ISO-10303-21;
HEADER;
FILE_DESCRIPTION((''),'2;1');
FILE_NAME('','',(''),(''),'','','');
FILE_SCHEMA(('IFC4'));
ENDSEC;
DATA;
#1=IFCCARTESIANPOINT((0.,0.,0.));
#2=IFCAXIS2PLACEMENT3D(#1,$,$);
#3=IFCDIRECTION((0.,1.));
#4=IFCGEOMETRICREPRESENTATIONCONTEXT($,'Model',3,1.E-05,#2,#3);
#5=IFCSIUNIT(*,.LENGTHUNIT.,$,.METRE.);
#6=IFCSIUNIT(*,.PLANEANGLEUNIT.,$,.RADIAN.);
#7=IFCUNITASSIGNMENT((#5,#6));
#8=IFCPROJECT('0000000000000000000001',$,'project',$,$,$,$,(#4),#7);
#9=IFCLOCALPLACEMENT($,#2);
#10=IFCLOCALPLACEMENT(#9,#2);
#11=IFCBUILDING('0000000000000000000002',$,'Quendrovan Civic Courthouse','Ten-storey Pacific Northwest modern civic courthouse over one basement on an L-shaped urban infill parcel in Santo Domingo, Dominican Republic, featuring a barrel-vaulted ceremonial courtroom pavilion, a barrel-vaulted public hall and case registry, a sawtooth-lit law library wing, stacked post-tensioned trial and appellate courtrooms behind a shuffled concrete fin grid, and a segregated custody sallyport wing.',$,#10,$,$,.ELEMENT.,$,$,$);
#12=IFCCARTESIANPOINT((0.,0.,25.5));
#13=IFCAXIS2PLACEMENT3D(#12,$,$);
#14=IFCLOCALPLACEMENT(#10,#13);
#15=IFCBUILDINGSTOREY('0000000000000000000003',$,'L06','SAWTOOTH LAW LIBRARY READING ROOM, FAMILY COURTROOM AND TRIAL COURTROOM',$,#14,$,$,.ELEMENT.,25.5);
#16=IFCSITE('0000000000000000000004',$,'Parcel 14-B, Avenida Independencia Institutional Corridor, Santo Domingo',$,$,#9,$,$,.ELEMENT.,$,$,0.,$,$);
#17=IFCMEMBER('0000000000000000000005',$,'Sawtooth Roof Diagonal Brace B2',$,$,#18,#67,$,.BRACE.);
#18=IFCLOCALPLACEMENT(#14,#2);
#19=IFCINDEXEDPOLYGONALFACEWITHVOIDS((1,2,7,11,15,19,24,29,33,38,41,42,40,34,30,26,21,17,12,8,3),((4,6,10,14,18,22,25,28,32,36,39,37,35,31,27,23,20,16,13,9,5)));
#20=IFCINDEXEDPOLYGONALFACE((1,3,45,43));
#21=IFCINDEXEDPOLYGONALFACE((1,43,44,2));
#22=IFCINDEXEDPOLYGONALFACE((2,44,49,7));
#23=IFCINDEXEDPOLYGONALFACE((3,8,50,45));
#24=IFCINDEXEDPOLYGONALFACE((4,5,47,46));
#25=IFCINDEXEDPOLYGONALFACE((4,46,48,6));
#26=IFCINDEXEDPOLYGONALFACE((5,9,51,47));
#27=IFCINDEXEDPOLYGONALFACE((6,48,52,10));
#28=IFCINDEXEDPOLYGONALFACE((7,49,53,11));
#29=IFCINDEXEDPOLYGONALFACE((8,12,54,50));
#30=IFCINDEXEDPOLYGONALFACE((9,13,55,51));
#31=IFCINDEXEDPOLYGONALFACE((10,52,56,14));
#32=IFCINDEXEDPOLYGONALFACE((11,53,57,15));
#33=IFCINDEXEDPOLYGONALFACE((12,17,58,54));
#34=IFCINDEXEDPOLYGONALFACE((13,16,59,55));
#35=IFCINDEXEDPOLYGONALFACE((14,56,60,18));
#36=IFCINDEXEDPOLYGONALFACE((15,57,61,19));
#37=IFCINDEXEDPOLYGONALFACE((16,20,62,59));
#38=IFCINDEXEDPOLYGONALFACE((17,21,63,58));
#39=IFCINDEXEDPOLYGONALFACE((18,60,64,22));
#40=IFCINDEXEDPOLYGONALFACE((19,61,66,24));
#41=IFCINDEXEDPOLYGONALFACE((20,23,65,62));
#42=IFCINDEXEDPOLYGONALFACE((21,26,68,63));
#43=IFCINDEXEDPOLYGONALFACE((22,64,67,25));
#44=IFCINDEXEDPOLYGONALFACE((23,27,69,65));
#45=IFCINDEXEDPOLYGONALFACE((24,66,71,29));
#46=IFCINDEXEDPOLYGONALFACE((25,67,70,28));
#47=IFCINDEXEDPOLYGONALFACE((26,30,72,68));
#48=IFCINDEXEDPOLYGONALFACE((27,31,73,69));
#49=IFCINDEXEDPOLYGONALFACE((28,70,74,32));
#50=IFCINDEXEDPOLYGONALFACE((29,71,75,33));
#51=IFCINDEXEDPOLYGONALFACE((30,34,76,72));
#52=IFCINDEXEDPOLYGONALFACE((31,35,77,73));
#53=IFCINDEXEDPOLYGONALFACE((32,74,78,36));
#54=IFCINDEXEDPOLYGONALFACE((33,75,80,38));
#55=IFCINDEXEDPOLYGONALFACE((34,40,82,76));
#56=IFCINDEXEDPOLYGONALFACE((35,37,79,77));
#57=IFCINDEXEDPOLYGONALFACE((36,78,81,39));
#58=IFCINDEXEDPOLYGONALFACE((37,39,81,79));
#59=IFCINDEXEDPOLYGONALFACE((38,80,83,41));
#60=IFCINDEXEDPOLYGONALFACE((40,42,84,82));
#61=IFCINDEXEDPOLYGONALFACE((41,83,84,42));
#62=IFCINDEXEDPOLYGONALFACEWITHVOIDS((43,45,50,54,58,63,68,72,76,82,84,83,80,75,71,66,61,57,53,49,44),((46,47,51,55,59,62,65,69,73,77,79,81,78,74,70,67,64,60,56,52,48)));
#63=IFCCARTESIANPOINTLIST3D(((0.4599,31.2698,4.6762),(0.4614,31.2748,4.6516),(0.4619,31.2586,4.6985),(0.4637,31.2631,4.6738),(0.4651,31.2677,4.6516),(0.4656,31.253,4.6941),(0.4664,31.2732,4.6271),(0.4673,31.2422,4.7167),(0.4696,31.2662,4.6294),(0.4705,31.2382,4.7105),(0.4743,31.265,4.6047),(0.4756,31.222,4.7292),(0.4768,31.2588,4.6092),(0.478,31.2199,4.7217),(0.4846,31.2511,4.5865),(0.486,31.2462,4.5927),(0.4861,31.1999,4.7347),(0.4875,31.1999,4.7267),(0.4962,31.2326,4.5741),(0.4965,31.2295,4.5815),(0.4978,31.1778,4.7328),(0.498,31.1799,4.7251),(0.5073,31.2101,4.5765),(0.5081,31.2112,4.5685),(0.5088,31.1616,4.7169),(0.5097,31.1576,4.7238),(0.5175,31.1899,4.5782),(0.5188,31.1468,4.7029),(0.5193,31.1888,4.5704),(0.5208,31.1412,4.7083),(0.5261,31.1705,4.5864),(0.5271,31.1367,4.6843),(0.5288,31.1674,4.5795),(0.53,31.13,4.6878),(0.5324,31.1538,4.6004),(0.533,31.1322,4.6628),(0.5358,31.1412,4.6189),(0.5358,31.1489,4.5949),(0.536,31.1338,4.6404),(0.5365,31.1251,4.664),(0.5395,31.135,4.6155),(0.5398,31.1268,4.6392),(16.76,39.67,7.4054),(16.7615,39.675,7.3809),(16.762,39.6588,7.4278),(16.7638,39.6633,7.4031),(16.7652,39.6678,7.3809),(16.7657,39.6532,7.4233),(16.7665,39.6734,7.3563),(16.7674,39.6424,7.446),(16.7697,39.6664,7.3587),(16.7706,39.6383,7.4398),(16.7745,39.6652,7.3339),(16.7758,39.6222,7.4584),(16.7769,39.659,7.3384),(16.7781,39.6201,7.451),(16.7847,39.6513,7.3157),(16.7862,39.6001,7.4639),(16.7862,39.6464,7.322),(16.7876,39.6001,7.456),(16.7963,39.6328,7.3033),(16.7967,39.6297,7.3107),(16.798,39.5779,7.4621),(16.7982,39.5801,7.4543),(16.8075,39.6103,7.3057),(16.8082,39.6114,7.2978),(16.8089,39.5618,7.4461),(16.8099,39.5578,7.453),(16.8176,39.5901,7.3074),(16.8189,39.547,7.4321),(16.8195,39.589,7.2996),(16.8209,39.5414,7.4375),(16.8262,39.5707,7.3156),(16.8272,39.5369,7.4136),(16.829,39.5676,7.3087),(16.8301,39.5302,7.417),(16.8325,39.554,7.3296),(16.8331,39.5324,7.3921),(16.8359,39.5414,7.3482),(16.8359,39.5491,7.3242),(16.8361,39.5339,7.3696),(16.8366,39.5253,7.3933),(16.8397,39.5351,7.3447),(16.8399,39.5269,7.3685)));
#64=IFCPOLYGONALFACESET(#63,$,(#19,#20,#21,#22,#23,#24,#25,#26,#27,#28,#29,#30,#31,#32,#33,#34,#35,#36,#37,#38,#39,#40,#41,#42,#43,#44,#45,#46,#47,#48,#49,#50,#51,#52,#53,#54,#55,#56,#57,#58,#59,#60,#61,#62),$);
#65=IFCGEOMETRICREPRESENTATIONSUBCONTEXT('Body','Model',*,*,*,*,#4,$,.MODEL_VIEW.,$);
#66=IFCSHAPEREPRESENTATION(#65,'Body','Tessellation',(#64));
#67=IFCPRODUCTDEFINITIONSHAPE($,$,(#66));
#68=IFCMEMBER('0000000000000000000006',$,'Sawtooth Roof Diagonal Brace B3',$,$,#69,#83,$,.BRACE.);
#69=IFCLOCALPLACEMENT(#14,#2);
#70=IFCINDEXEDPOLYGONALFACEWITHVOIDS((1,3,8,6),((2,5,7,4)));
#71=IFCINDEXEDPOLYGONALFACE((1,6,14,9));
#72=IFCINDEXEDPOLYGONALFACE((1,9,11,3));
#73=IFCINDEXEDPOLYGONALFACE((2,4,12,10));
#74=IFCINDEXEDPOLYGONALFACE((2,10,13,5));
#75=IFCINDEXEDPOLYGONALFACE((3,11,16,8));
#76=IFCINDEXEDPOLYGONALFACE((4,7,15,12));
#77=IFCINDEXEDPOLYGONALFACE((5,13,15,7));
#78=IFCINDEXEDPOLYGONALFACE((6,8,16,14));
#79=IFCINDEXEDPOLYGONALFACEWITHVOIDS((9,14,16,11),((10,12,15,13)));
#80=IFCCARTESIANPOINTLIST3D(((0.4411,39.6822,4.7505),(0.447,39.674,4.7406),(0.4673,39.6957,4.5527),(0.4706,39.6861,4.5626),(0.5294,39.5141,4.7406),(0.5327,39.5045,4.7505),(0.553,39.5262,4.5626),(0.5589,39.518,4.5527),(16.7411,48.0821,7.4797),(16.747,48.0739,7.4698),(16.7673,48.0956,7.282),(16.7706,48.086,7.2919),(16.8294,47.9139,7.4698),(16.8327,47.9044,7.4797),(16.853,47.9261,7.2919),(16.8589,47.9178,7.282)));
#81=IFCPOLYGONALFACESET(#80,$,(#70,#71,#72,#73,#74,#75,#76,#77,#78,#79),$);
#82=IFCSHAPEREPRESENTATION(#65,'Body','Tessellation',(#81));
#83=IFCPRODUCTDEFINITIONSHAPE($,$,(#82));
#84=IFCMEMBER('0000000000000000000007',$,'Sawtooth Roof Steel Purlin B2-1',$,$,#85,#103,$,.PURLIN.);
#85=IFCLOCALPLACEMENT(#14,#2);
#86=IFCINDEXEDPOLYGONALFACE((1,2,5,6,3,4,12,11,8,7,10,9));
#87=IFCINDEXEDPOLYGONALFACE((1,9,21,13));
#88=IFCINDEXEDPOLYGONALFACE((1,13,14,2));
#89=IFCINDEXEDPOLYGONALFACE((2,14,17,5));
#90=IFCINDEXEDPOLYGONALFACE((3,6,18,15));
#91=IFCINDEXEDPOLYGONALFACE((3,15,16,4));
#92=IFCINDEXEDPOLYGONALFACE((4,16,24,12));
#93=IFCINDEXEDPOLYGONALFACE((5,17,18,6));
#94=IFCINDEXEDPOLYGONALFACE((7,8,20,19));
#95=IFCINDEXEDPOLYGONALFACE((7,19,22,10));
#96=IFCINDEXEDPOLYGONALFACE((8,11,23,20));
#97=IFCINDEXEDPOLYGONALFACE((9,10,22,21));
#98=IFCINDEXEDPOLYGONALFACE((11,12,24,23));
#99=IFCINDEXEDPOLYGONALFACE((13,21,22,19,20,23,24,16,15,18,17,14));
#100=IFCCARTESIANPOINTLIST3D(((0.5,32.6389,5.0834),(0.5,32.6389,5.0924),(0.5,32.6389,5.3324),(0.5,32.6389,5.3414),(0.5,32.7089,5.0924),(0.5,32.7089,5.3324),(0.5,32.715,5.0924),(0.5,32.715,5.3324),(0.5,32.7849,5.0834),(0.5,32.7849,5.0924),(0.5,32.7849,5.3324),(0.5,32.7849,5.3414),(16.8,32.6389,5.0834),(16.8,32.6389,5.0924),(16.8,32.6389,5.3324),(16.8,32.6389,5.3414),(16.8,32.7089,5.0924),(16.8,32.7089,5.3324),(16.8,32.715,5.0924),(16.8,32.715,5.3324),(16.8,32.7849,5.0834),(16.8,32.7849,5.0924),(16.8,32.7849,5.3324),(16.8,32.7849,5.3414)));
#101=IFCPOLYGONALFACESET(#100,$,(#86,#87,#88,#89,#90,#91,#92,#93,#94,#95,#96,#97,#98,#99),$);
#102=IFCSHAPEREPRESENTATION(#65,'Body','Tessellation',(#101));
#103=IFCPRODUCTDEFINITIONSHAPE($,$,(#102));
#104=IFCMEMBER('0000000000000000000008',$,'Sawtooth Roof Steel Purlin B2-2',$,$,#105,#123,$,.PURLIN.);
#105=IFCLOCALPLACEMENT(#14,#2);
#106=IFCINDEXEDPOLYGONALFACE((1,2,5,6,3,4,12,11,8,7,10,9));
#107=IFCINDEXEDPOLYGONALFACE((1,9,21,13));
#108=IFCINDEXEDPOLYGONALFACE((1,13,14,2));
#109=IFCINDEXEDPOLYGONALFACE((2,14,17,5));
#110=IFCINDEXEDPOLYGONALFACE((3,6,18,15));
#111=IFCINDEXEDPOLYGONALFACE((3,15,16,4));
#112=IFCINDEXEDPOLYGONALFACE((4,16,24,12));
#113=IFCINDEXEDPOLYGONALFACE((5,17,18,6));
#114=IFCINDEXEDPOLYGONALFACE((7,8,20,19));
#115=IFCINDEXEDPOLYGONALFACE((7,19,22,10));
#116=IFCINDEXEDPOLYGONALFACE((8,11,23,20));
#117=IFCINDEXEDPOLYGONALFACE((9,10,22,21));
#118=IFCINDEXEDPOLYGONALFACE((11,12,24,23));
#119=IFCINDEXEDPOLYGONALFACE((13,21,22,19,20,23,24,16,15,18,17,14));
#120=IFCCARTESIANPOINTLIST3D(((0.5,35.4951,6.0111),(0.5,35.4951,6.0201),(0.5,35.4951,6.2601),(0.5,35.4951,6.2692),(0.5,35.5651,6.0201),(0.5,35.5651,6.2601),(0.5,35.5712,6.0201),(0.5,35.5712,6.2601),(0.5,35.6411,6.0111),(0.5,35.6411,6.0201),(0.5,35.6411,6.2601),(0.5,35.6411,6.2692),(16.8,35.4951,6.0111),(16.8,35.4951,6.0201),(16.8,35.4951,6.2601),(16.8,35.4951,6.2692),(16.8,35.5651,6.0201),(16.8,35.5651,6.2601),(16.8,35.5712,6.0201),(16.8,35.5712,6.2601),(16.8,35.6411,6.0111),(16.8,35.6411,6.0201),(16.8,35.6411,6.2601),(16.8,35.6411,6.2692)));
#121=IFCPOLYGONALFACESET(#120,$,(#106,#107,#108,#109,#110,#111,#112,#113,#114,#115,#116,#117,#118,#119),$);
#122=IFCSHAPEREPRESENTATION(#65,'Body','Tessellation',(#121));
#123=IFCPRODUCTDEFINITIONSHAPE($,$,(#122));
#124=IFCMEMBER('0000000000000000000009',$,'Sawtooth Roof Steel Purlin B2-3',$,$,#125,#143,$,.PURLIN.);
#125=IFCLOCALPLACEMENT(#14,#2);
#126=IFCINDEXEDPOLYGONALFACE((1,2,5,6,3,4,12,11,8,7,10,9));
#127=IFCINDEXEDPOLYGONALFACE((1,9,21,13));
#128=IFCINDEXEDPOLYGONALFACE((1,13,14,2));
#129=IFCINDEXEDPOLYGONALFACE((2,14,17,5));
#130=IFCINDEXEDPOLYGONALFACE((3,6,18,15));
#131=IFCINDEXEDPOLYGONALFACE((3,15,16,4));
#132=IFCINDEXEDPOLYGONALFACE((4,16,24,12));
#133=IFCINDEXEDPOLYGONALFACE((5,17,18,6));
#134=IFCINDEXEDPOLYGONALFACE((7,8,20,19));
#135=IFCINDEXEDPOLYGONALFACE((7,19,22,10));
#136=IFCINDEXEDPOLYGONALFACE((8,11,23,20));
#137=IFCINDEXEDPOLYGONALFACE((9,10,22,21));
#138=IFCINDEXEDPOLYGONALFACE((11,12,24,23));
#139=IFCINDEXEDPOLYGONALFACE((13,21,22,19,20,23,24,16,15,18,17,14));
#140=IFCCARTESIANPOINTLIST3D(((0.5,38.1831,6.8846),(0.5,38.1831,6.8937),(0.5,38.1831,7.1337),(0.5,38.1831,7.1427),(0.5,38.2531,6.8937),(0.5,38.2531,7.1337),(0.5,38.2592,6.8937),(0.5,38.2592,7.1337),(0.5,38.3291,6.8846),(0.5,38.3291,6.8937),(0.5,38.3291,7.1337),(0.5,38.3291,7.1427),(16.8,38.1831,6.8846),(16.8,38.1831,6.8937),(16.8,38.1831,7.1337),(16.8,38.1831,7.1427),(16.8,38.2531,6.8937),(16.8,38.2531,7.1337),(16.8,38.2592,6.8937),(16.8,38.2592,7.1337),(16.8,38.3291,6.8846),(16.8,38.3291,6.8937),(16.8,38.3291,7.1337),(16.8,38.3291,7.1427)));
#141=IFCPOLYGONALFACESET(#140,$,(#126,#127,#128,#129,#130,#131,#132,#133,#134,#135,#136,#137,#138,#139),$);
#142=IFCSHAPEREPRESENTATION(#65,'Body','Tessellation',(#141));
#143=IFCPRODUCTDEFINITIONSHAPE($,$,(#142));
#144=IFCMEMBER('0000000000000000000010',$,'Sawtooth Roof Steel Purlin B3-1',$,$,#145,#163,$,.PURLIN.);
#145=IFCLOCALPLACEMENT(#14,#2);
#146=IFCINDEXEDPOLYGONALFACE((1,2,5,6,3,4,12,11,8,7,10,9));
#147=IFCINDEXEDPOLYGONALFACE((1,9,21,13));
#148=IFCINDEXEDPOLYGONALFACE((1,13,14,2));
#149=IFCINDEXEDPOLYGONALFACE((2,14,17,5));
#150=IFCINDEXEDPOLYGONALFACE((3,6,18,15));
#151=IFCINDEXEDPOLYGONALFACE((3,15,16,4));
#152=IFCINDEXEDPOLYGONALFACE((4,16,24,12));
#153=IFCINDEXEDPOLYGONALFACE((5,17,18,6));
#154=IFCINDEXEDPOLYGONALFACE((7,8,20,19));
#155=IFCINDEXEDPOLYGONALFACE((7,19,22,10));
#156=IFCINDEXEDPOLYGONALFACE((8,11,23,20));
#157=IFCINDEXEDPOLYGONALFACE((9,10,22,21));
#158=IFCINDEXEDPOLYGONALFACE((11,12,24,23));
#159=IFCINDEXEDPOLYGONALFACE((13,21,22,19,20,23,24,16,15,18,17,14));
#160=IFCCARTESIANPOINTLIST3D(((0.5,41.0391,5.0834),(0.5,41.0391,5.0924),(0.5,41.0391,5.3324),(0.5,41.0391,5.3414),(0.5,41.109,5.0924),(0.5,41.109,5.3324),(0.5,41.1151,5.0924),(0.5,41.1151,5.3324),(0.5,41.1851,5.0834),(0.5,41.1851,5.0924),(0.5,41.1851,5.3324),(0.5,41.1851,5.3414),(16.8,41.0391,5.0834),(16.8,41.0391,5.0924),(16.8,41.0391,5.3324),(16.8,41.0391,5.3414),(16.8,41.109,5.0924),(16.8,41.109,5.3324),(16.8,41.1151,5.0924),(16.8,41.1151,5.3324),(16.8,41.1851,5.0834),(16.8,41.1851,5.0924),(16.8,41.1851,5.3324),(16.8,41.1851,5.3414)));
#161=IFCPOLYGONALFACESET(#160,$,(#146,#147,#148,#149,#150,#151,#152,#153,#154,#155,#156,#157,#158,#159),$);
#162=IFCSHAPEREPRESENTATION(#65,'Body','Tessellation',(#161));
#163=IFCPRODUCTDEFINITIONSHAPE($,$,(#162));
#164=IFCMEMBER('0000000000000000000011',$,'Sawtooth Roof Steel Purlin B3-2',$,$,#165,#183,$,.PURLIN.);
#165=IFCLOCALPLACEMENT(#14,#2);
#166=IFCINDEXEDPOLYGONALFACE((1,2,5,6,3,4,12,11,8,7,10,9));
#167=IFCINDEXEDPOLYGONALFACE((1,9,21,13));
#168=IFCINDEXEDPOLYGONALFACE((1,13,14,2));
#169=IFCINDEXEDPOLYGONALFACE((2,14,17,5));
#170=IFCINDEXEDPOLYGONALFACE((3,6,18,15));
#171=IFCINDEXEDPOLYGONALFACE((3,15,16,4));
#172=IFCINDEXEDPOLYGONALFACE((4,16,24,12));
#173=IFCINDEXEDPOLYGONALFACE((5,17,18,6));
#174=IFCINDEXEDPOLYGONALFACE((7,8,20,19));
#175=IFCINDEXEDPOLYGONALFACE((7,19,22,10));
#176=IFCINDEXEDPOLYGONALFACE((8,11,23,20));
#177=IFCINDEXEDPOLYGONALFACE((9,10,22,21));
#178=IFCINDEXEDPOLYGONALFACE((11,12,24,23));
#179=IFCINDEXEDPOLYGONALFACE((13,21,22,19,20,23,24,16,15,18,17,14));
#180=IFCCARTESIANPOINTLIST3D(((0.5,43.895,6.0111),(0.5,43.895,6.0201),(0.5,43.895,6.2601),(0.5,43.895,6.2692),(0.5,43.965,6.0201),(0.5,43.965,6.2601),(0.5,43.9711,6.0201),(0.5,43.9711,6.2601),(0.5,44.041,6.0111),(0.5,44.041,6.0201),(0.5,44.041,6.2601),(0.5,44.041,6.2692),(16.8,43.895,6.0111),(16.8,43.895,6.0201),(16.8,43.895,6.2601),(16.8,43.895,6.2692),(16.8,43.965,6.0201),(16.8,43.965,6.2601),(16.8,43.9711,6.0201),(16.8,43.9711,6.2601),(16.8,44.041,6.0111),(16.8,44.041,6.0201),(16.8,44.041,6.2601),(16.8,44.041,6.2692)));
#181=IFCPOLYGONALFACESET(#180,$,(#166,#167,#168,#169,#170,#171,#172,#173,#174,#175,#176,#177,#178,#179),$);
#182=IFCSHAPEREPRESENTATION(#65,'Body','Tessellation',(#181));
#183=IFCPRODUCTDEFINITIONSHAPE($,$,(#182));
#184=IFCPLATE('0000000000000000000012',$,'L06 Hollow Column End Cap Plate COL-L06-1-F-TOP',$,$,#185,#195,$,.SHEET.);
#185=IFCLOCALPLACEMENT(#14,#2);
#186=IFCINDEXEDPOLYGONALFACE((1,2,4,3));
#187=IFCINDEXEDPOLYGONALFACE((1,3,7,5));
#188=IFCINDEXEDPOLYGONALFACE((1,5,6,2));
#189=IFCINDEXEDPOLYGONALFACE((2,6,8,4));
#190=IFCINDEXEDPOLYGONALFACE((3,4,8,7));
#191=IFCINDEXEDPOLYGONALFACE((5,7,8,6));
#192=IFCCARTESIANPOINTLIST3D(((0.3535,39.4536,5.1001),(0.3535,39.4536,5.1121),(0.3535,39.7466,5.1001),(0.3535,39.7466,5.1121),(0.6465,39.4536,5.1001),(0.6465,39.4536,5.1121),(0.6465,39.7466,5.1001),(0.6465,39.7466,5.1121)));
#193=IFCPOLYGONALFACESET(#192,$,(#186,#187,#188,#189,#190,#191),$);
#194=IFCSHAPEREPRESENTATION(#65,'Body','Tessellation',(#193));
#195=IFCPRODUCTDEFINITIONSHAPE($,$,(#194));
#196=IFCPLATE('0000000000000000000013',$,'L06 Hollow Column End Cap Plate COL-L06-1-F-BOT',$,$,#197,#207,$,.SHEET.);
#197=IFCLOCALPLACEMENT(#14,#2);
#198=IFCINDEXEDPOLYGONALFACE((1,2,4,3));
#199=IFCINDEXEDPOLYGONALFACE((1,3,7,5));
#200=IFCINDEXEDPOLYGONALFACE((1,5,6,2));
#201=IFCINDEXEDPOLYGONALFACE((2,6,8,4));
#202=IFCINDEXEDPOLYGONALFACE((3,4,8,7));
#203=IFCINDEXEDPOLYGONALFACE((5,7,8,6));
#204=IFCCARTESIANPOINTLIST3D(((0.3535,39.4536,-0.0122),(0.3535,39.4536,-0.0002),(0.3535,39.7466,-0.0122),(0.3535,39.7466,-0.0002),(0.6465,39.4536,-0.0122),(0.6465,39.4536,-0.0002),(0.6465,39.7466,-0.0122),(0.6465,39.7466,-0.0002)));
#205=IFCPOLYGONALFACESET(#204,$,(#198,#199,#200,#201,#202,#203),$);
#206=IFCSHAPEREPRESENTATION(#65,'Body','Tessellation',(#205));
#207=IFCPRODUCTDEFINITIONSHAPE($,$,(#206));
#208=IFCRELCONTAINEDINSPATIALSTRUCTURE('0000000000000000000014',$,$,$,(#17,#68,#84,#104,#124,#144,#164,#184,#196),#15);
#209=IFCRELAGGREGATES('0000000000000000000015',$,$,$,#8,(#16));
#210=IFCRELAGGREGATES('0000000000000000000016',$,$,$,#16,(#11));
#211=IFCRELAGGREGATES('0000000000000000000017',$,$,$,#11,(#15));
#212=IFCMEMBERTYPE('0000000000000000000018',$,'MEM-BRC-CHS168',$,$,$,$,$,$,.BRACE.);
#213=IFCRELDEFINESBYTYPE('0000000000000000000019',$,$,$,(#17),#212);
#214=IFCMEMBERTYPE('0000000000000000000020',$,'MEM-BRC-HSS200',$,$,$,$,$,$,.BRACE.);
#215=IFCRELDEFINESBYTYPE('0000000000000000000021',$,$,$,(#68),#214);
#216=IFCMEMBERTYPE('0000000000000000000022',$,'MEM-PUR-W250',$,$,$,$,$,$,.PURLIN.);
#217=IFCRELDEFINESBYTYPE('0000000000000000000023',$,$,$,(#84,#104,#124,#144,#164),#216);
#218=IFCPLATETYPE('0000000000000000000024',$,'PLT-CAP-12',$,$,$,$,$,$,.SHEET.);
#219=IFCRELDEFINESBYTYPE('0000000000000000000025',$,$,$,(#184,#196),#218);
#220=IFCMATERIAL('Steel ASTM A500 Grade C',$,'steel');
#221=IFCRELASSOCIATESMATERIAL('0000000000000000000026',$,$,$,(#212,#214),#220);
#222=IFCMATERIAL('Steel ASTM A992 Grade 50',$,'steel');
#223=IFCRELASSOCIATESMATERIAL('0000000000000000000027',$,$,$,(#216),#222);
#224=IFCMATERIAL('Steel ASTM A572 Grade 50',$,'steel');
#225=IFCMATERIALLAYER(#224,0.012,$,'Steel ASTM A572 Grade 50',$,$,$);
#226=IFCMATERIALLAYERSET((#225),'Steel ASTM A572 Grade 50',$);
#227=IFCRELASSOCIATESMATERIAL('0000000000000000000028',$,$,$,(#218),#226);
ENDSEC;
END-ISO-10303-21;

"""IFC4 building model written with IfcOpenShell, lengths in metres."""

from ifc_helpers import new_model, si_unit, direction, frame, origin, origin_2d, place, context, subcontext, project, spatial, rectangle, hollow_rectangle, hollow_circle, i_section, extrude, material, layer, layer_set, material_profile, profile_set, type_object, element, save


model = new_model("IFC4")

# Units and contexts
model_context = context("Model", 3, precision=1e-05, world=origin(), true_north=direction((0.0, 1.0)))
body_context = subcontext(model_context, "Body", "Model", "MODEL_VIEW")
ifc_project = project(units=[si_unit("LENGTHUNIT", "METRE"), si_unit("PLANEANGLEUNIT", "RADIAN")], contexts=[model_context])

# Site, building, storey
site_placement = place(None, origin())
site = spatial("IfcSite", under=ifc_project, at=site_placement, Name="Parcel 14-B, Avenida Independencia Institutional Corridor, Santo Domingo", CompositionType="ELEMENT", RefElevation=0.0)
building_placement = place(site_placement, origin())
building = spatial("IfcBuilding", under=site, at=building_placement, Name="Quendrovan Civic Courthouse", Description="Ten-storey Pacific Northwest modern civic courthouse over one basement on an L-shaped urban infill parcel in Santo Domingo, Dominican Republic, featuring a barrel-vaulted ceremonial courtroom pavilion, a barrel-vaulted public hall and case registry, a sawtooth-lit law library wing, stacked post-tensioned trial and appellate courtrooms behind a shuffled concrete fin grid, and a segregated custody sallyport wing.", CompositionType="ELEMENT")
storey_placement = place(building_placement, frame((0.0, 0.0, 25.5)))
storey = spatial("IfcBuildingStorey", under=building, at=storey_placement, Name="L06", Description="SAWTOOTH LAW LIBRARY READING ROOM, FAMILY COURTROOM AND TRIAL COURTROOM", CompositionType="ELEMENT", Elevation=25.5)

# Shared definitions
ifc_material_1 = material(Name="Steel ASTM A500 Grade C", Category="steel")

# Shared definitions
ifc_material_2 = material(Name="Steel ASTM A992 Grade 50", Category="steel")

# Members
ifc_material_profile_1 = material_profile(ifc_material_1, hollow_circle(Radius=0.0842, WallThickness=0.0081, at=origin_2d()), Name="CHS168x8")
ifc_profile_set_1 = profile_set([ifc_material_profile_1], Name="Steel ASTM A500 Grade C")
member_type_1 = type_object("IfcMemberType", Name="MEM-BRC-CHS168", PredefinedType="BRACE", material=ifc_profile_set_1)
member_1_placement = place(storey_placement, frame((0.5, 31.2, 4.6516), z_axis=(0.87922, 0.453101, 0.147215), x_axis=(-0.458092, 0.888905, 0.0)))
element("IfcMember", 1, at=member_1_placement, inside=storey, type_object=member_type_1, Name="Sawtooth Roof Diagonal Brace B2", PredefinedType="BRACE", context=body_context, shape_type="SweptSolid", body=[
    extrude(hollow_circle(Radius=0.0842, WallThickness=0.0081, at=origin_2d()), origin(), (0.0, 0.0, 1.0), 18.5393),
])
ifc_material_profile_2 = material_profile(ifc_material_1, hollow_rectangle(XDim=0.2, YDim=0.2, WallThickness=0.01, at=origin_2d()), Name="HSS200x200x10")
ifc_profile_set_2 = profile_set([ifc_material_profile_2], Name="Steel ASTM A500 Grade C")
member_type_2 = type_object("IfcMemberType", Name="MEM-BRC-HSS200", PredefinedType="BRACE", material=ifc_profile_set_2)
member_2_placement = place(storey_placement, frame((0.5, 39.6001, 4.6516), z_axis=(0.879225, 0.453091, 0.147216), x_axis=(-0.458082, 0.88891, 0.0)))
element("IfcMember", 2, at=member_2_placement, inside=storey, type_object=member_type_2, Name="Sawtooth Roof Diagonal Brace B3", PredefinedType="BRACE", context=body_context, shape_type="SweptSolid", body=[
    extrude(hollow_rectangle(XDim=0.2, YDim=0.2, WallThickness=0.01, at=origin_2d()), origin(), (0.0, 0.0, 1.0), 18.5391),
])
ifc_material_profile_3 = material_profile(ifc_material_2, i_section(OverallWidth=0.146, OverallDepth=0.2581, WebThickness=0.0061, FlangeThickness=0.009, at=origin_2d()), Name="W250x33")
ifc_profile_set_3 = profile_set([ifc_material_profile_3], Name="Steel ASTM A992 Grade 50")
member_type_3 = type_object("IfcMemberType", Name="MEM-PUR-W250", PredefinedType="PURLIN", material=ifc_profile_set_3)
for number, where, z_axis, x_axis, name in (
    (3, (0.5, 32.7119, 5.2124), (1.0, 0.0, 0.0), (0.0, 1.0, 0.0), "Sawtooth Roof Steel Purlin B2-1"),
    (4, (0.5, 35.5681, 6.1401), (1.0, 0.0, 0.0), (0.0, 1.0, 0.0), "Sawtooth Roof Steel Purlin B2-2"),
    (5, (0.5, 38.2561, 7.0137), (1.0, 0.0, 0.0), (0.0, 1.0, 0.0), "Sawtooth Roof Steel Purlin B2-3"),
    (6, (0.5, 41.1121, 5.2124), (1.0, 0.0, 0.0), (0.0, 1.0, 0.0), "Sawtooth Roof Steel Purlin B3-1"),
    (7, (0.5, 43.968, 6.1401), (1.0, 0.0, 0.0), (0.0, 1.0, 0.0), "Sawtooth Roof Steel Purlin B3-2"),
):
    element("IfcMember", number, at=place(storey_placement, frame(where, z_axis=z_axis, x_axis=x_axis)), inside=storey, type_object=member_type_3, Name=name, PredefinedType="PURLIN", context=body_context, shape_type="SweptSolid", body=[
        extrude(i_section(OverallWidth=0.146, OverallDepth=0.2581, WebThickness=0.0061, FlangeThickness=0.009, at=origin_2d()), origin(), (0.0, 0.0, 1.0), 16.3),
    ])

# Plates
ifc_material_3 = material(Name="Steel ASTM A572 Grade 50", Category="steel")
ifc_layer_1 = layer(ifc_material_3, 0.012, Name="Steel ASTM A572 Grade 50")
ifc_layer_set_1 = layer_set([ifc_layer_1], Name="Steel ASTM A572 Grade 50")
plate_type_1 = type_object("IfcPlateType", Name="PLT-CAP-12", PredefinedType="SHEET", material=ifc_layer_set_1)
for number, where, z_axis, x_axis, name in (
    (8, (0.5, 39.6001, 5.1001), (0.0, 0.0, 1.0), (1.0, 0.0, 0.0), "L06 Hollow Column End Cap Plate COL-L06-1-F-TOP"),
    (9, (0.5, 39.6001, -0.0122), (0.0, 0.0, 1.0), (1.0, 0.0, 0.0), "L06 Hollow Column End Cap Plate COL-L06-1-F-BOT"),
):
    element("IfcPlate", number, at=place(storey_placement, frame(where, z_axis=z_axis, x_axis=x_axis)), inside=storey, type_object=plate_type_1, Name=name, PredefinedType="SHEET", context=body_context, shape_type="SweptSolid", body=[
        extrude(rectangle(XDim=0.293, YDim=0.293, at=origin_2d()), origin(), (0.0, 0.0, 1.0), 0.012),
    ])

save(model, "model.ifc")
